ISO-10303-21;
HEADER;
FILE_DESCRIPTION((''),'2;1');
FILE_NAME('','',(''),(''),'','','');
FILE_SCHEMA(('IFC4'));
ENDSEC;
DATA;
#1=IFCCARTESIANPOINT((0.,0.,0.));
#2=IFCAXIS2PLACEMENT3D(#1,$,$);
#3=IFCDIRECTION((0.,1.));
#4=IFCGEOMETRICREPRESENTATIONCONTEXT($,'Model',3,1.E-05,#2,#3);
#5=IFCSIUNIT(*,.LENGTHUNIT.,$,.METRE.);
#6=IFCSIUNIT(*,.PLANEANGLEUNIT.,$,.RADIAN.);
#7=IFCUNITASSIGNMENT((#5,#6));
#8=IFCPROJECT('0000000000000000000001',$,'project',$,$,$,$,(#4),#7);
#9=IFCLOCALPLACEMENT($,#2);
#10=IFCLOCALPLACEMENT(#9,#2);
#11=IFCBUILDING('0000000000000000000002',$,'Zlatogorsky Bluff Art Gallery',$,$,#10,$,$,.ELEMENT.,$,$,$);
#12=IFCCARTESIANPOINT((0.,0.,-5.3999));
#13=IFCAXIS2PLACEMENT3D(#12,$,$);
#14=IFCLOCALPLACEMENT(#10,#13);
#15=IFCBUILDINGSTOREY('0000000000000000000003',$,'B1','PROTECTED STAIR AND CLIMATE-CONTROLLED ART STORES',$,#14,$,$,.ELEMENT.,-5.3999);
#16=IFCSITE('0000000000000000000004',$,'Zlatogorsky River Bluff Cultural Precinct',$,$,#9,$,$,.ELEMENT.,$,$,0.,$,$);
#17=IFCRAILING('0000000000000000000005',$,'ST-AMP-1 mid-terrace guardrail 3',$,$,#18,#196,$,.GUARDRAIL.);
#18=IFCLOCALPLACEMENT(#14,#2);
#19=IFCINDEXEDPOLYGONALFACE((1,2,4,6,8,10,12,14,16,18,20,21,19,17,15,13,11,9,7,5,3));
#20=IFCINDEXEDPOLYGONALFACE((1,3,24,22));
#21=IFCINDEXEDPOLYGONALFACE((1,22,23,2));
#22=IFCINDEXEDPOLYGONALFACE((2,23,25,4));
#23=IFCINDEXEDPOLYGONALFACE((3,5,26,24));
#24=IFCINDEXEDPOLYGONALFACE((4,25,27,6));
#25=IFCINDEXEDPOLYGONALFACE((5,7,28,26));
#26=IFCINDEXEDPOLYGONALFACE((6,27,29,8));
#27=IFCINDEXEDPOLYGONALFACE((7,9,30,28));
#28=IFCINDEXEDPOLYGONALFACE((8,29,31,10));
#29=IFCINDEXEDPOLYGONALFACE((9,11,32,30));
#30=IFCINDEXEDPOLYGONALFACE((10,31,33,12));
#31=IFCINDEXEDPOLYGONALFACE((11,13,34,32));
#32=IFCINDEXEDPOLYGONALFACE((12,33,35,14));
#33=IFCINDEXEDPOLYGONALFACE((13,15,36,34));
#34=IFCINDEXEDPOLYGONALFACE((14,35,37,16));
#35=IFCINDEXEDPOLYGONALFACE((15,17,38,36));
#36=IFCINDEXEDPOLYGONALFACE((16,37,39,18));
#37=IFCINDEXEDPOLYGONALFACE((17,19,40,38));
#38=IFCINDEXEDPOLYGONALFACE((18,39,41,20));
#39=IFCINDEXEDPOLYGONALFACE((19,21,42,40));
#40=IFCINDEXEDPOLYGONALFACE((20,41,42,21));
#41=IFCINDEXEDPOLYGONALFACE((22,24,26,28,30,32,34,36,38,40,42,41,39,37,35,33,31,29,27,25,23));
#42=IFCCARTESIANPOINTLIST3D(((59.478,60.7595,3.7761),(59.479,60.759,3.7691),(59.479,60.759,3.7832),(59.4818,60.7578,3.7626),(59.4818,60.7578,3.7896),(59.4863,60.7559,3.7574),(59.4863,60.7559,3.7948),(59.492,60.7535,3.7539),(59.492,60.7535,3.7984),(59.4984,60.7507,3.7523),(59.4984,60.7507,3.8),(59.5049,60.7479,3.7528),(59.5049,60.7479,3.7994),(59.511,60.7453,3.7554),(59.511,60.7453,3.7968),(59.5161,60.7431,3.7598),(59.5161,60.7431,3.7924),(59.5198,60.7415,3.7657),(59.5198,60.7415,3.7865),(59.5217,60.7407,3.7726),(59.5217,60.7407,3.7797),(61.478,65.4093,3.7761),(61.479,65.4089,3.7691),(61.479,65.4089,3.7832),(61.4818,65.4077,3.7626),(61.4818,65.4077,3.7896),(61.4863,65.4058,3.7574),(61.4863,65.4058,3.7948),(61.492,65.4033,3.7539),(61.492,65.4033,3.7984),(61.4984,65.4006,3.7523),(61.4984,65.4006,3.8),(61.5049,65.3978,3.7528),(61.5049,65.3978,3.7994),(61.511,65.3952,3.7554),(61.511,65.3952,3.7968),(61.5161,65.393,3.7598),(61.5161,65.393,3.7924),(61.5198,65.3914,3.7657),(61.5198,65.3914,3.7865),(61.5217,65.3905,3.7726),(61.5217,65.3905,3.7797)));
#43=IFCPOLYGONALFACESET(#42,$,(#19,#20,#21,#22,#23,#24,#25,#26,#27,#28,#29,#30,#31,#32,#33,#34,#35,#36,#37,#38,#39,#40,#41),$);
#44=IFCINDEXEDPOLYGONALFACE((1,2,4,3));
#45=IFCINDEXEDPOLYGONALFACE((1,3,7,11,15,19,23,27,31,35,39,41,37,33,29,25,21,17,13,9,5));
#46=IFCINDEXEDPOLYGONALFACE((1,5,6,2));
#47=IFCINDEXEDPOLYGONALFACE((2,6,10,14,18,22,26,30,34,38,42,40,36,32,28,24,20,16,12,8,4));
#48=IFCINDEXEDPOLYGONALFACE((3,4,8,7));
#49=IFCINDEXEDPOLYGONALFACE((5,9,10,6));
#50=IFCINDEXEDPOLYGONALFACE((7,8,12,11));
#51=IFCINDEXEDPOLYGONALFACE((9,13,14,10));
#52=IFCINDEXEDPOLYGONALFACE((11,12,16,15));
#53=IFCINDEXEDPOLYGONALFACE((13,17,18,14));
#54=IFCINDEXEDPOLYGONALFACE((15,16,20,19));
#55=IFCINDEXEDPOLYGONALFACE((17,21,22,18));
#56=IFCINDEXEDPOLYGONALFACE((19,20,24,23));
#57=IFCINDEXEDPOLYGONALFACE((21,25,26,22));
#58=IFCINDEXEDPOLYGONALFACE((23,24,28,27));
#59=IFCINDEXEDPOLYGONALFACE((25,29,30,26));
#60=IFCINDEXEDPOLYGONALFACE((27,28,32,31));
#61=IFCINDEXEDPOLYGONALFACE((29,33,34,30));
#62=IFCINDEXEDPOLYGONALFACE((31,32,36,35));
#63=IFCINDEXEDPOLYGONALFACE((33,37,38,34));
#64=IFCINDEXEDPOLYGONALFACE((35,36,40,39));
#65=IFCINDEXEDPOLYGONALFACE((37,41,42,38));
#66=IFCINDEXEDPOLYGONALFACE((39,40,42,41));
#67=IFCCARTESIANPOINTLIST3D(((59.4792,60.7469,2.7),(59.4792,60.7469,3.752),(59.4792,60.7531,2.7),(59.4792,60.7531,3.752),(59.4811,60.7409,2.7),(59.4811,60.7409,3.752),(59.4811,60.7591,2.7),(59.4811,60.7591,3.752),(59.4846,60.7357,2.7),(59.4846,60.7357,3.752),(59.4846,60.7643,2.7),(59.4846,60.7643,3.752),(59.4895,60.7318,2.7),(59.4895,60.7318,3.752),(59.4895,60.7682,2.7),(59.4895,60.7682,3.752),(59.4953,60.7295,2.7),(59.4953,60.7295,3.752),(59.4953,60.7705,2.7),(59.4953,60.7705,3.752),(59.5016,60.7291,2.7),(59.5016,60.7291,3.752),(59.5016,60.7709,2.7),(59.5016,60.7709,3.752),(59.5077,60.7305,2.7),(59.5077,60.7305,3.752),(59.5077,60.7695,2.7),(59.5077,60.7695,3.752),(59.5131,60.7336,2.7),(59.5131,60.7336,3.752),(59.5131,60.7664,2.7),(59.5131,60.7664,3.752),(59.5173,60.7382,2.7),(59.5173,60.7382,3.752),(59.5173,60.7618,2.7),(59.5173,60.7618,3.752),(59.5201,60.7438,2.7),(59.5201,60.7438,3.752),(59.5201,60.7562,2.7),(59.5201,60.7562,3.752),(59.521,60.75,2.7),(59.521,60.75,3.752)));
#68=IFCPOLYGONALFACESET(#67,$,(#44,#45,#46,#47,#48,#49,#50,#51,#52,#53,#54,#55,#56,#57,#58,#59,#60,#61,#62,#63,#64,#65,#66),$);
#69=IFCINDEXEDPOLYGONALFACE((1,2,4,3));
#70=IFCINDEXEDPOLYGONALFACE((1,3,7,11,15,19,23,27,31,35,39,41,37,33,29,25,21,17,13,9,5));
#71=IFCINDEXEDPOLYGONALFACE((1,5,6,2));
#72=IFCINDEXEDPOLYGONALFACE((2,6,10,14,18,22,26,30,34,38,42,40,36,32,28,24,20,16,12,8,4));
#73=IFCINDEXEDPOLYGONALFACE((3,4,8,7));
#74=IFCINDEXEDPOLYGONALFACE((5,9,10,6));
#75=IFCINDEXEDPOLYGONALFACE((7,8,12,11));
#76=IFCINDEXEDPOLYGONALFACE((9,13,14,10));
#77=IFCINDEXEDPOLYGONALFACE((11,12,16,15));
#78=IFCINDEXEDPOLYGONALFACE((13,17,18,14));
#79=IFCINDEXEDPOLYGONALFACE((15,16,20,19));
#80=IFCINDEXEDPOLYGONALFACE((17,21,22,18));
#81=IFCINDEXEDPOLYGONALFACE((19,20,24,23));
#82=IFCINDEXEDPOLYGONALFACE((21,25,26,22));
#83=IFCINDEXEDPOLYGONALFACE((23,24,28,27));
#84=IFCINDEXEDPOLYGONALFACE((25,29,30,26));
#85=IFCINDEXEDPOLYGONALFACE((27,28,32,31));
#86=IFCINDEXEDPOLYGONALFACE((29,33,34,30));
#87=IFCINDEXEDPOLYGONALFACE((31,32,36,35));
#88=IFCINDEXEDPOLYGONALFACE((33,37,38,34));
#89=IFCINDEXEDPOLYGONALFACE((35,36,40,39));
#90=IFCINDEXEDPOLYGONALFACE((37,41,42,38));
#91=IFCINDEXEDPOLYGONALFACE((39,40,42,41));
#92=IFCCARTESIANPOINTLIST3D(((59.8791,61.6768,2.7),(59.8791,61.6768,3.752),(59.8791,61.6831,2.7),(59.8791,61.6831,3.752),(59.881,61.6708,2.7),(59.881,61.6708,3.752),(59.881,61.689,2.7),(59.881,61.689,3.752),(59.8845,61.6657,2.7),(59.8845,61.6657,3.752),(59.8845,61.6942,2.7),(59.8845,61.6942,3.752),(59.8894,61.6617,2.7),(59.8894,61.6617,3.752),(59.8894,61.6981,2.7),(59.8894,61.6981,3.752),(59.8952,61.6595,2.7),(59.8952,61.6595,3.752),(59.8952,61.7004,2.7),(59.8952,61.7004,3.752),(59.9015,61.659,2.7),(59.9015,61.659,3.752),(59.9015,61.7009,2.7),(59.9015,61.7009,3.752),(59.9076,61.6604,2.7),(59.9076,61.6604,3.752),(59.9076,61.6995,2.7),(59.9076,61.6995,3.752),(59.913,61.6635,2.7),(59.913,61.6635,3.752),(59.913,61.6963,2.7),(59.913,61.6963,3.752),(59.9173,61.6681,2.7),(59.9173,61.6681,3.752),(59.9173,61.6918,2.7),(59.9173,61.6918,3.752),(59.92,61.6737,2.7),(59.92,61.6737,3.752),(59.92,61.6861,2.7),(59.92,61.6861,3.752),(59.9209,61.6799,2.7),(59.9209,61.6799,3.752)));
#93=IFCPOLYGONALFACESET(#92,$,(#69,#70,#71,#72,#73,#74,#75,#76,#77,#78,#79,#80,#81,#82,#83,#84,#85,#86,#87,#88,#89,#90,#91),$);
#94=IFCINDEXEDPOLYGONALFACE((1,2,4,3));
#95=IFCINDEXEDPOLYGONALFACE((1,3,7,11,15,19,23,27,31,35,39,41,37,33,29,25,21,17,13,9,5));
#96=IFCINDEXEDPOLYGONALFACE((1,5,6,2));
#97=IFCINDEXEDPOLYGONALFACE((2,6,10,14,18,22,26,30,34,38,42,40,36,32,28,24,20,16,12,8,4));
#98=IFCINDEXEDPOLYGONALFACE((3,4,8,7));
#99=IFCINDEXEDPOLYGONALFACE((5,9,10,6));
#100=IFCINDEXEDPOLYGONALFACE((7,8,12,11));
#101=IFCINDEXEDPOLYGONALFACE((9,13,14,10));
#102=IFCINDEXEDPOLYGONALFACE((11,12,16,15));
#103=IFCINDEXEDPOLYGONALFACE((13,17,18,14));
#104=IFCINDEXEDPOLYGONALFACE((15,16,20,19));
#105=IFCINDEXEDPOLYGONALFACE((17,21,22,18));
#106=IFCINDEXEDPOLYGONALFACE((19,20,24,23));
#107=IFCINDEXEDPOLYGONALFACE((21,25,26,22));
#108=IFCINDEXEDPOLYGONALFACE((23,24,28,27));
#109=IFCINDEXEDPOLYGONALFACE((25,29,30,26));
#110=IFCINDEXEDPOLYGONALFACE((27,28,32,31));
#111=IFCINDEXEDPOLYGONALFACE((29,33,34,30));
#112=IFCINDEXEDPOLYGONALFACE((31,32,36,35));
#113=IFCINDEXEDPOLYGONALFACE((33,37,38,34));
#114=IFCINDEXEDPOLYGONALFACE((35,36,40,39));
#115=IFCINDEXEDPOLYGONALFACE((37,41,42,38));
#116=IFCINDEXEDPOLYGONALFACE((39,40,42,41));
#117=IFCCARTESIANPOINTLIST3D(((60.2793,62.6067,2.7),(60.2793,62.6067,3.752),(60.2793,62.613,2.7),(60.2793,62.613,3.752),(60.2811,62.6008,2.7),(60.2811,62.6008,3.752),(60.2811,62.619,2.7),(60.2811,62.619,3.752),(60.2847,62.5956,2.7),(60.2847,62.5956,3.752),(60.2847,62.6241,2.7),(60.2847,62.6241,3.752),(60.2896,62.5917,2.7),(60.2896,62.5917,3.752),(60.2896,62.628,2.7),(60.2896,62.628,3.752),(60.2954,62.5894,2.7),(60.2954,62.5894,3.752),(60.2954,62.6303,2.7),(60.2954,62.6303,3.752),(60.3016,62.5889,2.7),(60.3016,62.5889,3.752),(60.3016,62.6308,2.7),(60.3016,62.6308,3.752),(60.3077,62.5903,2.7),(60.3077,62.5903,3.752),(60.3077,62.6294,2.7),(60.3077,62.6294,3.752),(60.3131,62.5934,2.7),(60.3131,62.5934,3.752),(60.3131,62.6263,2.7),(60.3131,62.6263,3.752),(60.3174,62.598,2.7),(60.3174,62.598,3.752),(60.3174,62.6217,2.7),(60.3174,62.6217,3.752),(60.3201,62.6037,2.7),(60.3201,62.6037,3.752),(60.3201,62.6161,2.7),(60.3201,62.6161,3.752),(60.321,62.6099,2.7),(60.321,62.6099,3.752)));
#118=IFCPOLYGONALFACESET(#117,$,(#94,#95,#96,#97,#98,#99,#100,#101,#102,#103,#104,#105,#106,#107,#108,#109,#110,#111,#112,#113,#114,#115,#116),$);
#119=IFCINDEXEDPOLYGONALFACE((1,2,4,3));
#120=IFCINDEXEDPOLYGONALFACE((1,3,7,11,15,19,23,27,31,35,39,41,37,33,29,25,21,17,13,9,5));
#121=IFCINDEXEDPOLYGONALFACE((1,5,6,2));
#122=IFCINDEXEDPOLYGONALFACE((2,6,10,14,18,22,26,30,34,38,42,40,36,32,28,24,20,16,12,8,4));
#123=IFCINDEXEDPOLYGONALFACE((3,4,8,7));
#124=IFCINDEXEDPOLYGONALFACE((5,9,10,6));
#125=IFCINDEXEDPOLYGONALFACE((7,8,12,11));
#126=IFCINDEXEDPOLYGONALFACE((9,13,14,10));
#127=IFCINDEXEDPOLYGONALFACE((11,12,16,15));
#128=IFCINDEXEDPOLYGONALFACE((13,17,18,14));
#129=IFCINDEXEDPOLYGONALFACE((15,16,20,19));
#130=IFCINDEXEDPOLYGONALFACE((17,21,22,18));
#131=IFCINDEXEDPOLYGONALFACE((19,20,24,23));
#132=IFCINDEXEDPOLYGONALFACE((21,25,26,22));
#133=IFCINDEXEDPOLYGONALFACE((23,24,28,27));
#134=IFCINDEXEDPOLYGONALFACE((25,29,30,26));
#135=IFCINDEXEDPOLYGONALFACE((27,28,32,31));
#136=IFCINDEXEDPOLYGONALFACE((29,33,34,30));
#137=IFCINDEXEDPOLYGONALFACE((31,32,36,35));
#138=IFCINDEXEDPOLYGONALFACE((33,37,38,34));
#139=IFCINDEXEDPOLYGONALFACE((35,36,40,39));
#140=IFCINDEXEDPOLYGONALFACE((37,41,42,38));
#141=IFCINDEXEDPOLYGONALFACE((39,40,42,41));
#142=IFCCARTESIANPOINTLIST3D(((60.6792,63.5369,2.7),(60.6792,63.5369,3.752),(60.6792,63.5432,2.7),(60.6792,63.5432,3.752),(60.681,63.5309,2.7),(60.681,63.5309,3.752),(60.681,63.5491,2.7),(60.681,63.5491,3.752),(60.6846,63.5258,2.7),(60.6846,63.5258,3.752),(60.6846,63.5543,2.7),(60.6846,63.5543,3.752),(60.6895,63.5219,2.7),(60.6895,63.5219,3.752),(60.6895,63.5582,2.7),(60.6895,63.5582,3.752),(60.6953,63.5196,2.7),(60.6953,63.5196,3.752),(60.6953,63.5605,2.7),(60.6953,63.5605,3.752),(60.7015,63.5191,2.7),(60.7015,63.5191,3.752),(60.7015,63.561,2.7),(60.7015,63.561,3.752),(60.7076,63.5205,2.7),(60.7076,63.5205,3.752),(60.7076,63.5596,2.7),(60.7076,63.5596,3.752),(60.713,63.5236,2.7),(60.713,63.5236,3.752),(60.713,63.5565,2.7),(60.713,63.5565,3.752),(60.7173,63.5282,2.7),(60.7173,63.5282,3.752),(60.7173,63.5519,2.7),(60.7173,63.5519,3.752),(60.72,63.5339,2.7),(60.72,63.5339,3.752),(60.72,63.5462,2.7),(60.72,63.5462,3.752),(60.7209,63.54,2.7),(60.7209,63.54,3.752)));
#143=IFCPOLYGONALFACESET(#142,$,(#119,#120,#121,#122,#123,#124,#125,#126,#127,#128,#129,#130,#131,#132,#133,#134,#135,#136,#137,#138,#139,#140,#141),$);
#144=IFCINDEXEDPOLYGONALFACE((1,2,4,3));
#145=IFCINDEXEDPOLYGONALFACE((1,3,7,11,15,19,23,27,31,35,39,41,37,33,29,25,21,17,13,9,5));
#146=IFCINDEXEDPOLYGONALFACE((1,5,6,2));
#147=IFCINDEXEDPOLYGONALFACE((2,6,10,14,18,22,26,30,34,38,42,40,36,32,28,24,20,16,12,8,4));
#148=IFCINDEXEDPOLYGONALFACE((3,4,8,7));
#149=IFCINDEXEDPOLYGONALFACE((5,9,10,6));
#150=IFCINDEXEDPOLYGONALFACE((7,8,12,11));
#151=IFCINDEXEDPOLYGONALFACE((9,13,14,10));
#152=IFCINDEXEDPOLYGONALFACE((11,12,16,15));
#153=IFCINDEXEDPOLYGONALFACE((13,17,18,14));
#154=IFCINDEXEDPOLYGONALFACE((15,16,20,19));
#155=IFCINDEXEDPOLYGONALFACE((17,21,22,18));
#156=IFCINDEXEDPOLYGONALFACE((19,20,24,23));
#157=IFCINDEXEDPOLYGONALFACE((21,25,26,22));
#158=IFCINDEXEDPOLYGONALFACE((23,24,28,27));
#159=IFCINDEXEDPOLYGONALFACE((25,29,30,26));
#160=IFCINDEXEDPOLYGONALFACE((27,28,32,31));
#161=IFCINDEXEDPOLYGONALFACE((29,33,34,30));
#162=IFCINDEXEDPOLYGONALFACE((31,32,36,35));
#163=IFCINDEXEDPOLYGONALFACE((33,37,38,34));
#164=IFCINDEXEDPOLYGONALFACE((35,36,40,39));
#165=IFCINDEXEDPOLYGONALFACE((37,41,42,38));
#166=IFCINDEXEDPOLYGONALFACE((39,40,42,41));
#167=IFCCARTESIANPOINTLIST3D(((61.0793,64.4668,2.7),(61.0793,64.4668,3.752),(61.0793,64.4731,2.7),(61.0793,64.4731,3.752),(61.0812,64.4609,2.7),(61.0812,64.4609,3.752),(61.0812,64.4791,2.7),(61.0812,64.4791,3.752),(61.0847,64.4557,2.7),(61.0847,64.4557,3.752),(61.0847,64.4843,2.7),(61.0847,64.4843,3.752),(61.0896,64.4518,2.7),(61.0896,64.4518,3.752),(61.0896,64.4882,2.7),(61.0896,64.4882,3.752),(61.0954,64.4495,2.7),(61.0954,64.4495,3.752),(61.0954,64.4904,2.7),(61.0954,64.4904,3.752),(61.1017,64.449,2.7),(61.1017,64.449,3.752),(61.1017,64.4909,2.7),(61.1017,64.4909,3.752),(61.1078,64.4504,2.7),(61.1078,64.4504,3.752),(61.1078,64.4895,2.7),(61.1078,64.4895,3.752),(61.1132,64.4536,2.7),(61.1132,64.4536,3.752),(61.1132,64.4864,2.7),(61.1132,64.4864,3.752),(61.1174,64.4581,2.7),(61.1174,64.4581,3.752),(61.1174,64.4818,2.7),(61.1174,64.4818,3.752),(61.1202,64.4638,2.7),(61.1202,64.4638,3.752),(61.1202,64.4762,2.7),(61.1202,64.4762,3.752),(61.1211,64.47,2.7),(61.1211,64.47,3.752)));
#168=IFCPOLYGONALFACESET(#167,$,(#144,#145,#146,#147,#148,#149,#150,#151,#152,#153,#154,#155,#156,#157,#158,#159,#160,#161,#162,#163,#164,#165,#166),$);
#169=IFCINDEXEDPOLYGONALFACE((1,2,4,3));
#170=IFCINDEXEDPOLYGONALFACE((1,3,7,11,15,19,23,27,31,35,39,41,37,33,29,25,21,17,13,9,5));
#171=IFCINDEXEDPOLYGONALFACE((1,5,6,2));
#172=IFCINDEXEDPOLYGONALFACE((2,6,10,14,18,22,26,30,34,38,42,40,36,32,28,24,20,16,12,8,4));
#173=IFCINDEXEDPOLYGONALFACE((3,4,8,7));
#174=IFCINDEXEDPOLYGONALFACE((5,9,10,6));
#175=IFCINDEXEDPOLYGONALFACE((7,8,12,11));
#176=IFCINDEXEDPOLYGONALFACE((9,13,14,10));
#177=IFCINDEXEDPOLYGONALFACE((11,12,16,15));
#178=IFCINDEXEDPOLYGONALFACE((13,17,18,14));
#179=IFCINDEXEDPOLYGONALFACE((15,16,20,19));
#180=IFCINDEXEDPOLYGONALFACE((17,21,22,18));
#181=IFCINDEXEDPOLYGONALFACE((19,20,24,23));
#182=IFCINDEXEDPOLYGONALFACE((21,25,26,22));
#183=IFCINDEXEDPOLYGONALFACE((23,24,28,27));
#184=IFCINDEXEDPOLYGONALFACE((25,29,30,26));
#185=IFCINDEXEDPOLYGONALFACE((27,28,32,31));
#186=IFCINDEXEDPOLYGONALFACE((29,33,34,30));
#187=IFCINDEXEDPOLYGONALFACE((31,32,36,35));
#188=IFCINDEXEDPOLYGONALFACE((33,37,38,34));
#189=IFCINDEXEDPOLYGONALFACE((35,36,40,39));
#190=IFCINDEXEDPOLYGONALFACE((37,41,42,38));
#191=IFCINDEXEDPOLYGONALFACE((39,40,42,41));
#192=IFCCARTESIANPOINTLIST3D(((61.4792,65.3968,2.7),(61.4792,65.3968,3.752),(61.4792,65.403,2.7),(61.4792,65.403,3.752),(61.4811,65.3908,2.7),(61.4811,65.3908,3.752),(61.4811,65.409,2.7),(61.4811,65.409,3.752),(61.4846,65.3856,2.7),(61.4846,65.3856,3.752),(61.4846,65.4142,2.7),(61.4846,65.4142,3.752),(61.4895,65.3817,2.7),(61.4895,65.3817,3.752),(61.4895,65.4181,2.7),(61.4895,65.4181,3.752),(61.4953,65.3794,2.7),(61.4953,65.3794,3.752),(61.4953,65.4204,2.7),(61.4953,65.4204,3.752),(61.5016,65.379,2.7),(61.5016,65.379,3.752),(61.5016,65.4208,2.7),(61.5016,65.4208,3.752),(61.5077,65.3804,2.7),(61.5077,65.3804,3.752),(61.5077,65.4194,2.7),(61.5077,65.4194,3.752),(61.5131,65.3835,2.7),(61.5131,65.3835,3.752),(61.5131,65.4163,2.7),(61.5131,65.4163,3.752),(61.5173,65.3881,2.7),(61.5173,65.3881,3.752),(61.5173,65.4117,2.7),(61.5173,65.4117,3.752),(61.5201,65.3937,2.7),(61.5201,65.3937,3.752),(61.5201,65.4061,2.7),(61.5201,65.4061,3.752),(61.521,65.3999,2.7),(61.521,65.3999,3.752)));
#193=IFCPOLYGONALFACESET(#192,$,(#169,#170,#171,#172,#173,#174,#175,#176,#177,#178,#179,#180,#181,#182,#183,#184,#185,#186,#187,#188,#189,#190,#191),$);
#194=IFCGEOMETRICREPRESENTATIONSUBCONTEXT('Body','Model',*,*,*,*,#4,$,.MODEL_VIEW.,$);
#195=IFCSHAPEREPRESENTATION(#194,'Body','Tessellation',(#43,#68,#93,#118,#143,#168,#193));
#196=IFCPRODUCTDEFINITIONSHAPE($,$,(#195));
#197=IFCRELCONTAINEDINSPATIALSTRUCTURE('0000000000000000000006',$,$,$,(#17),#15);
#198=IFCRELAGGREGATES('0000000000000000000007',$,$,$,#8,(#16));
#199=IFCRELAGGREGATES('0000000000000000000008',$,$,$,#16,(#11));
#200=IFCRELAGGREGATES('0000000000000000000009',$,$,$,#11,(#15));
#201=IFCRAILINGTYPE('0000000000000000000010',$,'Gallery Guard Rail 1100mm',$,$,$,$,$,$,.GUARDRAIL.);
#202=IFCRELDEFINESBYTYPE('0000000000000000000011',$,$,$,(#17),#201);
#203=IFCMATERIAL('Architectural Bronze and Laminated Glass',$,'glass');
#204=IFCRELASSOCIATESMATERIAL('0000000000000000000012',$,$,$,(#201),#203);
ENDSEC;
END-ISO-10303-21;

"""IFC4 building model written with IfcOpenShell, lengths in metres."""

from ifc_helpers import new_model, si_unit, direction, frame, origin, origin_2d, place, context, subcontext, project, spatial, circle, extrude, material, type_object, element, save


model = new_model("IFC4")

# Units and contexts
model_context = context("Model", 3, precision=1e-05, world=origin(), true_north=direction((0.0, 1.0)))
body_context = subcontext(model_context, "Body", "Model", "MODEL_VIEW")
ifc_project = project(units=[si_unit("LENGTHUNIT", "METRE"), si_unit("PLANEANGLEUNIT", "RADIAN")], contexts=[model_context])

# Site, building, storey
site_placement = place(None, origin())
site = spatial("IfcSite", under=ifc_project, at=site_placement, Name="Zlatogorsky River Bluff Cultural Precinct", CompositionType="ELEMENT", RefElevation=0.0)
building_placement = place(site_placement, origin())
building = spatial("IfcBuilding", under=site, at=building_placement, Name="Zlatogorsky Bluff Art Gallery", CompositionType="ELEMENT")
storey_placement = place(building_placement, frame((0.0, 0.0, -5.3999)))
storey = spatial("IfcBuildingStorey", under=building, at=storey_placement, Name="B1", Description="PROTECTED STAIR AND CLIMATE-CONTROLLED ART STORES", CompositionType="ELEMENT", Elevation=-5.3999)

# Railing
ifc_material_1 = material(Name="Architectural Bronze and Laminated Glass", Category="glass")
railing_type_1 = type_object("IfcRailingType", Name="Gallery Guard Rail 1100mm", PredefinedType="GUARDRAIL", material=ifc_material_1)
railing_1_placement = place(storey_placement, frame((59.5, 60.75, 2.7)))
element("IfcRailing", 1, at=railing_1_placement, inside=storey, type_object=railing_type_1, Name="ST-AMP-1 mid-terrace guardrail 3", PredefinedType="GUARDRAIL", context=body_context, shape_type="SweptSolid", body=[
    extrude(circle(Radius=0.0239, at=origin_2d()), frame((0.0, 0.0, 1.0762), z_axis=(0.395118, 0.91863, 0.0), x_axis=(-0.91863, 0.395118, 0.0)), (0.0, 0.0, 1.0), 5.0618),
    extrude(circle(Radius=0.021, at=origin_2d()), origin(), (0.0, 0.0, 1.0), 1.052),
    extrude(circle(Radius=0.021, at=origin_2d()), frame((0.3999, 0.9299, 0.0)), (0.0, 0.0, 1.0), 1.052),
    extrude(circle(Radius=0.021, at=origin_2d()), frame((0.8, 1.8599, 0.0)), (0.0, 0.0, 1.0), 1.052),
    extrude(circle(Radius=0.021, at=origin_2d()), frame((1.2, 2.79, 0.0)), (0.0, 0.0, 1.0), 1.052),
    extrude(circle(Radius=0.021, at=origin_2d()), frame((1.6001, 3.72, 0.0)), (0.0, 0.0, 1.0), 1.052),
    extrude(circle(Radius=0.021, at=origin_2d()), frame((2.0, 4.6499, 0.0)), (0.0, 0.0, 1.0), 1.052),
])

save(model, "model.ifc")
